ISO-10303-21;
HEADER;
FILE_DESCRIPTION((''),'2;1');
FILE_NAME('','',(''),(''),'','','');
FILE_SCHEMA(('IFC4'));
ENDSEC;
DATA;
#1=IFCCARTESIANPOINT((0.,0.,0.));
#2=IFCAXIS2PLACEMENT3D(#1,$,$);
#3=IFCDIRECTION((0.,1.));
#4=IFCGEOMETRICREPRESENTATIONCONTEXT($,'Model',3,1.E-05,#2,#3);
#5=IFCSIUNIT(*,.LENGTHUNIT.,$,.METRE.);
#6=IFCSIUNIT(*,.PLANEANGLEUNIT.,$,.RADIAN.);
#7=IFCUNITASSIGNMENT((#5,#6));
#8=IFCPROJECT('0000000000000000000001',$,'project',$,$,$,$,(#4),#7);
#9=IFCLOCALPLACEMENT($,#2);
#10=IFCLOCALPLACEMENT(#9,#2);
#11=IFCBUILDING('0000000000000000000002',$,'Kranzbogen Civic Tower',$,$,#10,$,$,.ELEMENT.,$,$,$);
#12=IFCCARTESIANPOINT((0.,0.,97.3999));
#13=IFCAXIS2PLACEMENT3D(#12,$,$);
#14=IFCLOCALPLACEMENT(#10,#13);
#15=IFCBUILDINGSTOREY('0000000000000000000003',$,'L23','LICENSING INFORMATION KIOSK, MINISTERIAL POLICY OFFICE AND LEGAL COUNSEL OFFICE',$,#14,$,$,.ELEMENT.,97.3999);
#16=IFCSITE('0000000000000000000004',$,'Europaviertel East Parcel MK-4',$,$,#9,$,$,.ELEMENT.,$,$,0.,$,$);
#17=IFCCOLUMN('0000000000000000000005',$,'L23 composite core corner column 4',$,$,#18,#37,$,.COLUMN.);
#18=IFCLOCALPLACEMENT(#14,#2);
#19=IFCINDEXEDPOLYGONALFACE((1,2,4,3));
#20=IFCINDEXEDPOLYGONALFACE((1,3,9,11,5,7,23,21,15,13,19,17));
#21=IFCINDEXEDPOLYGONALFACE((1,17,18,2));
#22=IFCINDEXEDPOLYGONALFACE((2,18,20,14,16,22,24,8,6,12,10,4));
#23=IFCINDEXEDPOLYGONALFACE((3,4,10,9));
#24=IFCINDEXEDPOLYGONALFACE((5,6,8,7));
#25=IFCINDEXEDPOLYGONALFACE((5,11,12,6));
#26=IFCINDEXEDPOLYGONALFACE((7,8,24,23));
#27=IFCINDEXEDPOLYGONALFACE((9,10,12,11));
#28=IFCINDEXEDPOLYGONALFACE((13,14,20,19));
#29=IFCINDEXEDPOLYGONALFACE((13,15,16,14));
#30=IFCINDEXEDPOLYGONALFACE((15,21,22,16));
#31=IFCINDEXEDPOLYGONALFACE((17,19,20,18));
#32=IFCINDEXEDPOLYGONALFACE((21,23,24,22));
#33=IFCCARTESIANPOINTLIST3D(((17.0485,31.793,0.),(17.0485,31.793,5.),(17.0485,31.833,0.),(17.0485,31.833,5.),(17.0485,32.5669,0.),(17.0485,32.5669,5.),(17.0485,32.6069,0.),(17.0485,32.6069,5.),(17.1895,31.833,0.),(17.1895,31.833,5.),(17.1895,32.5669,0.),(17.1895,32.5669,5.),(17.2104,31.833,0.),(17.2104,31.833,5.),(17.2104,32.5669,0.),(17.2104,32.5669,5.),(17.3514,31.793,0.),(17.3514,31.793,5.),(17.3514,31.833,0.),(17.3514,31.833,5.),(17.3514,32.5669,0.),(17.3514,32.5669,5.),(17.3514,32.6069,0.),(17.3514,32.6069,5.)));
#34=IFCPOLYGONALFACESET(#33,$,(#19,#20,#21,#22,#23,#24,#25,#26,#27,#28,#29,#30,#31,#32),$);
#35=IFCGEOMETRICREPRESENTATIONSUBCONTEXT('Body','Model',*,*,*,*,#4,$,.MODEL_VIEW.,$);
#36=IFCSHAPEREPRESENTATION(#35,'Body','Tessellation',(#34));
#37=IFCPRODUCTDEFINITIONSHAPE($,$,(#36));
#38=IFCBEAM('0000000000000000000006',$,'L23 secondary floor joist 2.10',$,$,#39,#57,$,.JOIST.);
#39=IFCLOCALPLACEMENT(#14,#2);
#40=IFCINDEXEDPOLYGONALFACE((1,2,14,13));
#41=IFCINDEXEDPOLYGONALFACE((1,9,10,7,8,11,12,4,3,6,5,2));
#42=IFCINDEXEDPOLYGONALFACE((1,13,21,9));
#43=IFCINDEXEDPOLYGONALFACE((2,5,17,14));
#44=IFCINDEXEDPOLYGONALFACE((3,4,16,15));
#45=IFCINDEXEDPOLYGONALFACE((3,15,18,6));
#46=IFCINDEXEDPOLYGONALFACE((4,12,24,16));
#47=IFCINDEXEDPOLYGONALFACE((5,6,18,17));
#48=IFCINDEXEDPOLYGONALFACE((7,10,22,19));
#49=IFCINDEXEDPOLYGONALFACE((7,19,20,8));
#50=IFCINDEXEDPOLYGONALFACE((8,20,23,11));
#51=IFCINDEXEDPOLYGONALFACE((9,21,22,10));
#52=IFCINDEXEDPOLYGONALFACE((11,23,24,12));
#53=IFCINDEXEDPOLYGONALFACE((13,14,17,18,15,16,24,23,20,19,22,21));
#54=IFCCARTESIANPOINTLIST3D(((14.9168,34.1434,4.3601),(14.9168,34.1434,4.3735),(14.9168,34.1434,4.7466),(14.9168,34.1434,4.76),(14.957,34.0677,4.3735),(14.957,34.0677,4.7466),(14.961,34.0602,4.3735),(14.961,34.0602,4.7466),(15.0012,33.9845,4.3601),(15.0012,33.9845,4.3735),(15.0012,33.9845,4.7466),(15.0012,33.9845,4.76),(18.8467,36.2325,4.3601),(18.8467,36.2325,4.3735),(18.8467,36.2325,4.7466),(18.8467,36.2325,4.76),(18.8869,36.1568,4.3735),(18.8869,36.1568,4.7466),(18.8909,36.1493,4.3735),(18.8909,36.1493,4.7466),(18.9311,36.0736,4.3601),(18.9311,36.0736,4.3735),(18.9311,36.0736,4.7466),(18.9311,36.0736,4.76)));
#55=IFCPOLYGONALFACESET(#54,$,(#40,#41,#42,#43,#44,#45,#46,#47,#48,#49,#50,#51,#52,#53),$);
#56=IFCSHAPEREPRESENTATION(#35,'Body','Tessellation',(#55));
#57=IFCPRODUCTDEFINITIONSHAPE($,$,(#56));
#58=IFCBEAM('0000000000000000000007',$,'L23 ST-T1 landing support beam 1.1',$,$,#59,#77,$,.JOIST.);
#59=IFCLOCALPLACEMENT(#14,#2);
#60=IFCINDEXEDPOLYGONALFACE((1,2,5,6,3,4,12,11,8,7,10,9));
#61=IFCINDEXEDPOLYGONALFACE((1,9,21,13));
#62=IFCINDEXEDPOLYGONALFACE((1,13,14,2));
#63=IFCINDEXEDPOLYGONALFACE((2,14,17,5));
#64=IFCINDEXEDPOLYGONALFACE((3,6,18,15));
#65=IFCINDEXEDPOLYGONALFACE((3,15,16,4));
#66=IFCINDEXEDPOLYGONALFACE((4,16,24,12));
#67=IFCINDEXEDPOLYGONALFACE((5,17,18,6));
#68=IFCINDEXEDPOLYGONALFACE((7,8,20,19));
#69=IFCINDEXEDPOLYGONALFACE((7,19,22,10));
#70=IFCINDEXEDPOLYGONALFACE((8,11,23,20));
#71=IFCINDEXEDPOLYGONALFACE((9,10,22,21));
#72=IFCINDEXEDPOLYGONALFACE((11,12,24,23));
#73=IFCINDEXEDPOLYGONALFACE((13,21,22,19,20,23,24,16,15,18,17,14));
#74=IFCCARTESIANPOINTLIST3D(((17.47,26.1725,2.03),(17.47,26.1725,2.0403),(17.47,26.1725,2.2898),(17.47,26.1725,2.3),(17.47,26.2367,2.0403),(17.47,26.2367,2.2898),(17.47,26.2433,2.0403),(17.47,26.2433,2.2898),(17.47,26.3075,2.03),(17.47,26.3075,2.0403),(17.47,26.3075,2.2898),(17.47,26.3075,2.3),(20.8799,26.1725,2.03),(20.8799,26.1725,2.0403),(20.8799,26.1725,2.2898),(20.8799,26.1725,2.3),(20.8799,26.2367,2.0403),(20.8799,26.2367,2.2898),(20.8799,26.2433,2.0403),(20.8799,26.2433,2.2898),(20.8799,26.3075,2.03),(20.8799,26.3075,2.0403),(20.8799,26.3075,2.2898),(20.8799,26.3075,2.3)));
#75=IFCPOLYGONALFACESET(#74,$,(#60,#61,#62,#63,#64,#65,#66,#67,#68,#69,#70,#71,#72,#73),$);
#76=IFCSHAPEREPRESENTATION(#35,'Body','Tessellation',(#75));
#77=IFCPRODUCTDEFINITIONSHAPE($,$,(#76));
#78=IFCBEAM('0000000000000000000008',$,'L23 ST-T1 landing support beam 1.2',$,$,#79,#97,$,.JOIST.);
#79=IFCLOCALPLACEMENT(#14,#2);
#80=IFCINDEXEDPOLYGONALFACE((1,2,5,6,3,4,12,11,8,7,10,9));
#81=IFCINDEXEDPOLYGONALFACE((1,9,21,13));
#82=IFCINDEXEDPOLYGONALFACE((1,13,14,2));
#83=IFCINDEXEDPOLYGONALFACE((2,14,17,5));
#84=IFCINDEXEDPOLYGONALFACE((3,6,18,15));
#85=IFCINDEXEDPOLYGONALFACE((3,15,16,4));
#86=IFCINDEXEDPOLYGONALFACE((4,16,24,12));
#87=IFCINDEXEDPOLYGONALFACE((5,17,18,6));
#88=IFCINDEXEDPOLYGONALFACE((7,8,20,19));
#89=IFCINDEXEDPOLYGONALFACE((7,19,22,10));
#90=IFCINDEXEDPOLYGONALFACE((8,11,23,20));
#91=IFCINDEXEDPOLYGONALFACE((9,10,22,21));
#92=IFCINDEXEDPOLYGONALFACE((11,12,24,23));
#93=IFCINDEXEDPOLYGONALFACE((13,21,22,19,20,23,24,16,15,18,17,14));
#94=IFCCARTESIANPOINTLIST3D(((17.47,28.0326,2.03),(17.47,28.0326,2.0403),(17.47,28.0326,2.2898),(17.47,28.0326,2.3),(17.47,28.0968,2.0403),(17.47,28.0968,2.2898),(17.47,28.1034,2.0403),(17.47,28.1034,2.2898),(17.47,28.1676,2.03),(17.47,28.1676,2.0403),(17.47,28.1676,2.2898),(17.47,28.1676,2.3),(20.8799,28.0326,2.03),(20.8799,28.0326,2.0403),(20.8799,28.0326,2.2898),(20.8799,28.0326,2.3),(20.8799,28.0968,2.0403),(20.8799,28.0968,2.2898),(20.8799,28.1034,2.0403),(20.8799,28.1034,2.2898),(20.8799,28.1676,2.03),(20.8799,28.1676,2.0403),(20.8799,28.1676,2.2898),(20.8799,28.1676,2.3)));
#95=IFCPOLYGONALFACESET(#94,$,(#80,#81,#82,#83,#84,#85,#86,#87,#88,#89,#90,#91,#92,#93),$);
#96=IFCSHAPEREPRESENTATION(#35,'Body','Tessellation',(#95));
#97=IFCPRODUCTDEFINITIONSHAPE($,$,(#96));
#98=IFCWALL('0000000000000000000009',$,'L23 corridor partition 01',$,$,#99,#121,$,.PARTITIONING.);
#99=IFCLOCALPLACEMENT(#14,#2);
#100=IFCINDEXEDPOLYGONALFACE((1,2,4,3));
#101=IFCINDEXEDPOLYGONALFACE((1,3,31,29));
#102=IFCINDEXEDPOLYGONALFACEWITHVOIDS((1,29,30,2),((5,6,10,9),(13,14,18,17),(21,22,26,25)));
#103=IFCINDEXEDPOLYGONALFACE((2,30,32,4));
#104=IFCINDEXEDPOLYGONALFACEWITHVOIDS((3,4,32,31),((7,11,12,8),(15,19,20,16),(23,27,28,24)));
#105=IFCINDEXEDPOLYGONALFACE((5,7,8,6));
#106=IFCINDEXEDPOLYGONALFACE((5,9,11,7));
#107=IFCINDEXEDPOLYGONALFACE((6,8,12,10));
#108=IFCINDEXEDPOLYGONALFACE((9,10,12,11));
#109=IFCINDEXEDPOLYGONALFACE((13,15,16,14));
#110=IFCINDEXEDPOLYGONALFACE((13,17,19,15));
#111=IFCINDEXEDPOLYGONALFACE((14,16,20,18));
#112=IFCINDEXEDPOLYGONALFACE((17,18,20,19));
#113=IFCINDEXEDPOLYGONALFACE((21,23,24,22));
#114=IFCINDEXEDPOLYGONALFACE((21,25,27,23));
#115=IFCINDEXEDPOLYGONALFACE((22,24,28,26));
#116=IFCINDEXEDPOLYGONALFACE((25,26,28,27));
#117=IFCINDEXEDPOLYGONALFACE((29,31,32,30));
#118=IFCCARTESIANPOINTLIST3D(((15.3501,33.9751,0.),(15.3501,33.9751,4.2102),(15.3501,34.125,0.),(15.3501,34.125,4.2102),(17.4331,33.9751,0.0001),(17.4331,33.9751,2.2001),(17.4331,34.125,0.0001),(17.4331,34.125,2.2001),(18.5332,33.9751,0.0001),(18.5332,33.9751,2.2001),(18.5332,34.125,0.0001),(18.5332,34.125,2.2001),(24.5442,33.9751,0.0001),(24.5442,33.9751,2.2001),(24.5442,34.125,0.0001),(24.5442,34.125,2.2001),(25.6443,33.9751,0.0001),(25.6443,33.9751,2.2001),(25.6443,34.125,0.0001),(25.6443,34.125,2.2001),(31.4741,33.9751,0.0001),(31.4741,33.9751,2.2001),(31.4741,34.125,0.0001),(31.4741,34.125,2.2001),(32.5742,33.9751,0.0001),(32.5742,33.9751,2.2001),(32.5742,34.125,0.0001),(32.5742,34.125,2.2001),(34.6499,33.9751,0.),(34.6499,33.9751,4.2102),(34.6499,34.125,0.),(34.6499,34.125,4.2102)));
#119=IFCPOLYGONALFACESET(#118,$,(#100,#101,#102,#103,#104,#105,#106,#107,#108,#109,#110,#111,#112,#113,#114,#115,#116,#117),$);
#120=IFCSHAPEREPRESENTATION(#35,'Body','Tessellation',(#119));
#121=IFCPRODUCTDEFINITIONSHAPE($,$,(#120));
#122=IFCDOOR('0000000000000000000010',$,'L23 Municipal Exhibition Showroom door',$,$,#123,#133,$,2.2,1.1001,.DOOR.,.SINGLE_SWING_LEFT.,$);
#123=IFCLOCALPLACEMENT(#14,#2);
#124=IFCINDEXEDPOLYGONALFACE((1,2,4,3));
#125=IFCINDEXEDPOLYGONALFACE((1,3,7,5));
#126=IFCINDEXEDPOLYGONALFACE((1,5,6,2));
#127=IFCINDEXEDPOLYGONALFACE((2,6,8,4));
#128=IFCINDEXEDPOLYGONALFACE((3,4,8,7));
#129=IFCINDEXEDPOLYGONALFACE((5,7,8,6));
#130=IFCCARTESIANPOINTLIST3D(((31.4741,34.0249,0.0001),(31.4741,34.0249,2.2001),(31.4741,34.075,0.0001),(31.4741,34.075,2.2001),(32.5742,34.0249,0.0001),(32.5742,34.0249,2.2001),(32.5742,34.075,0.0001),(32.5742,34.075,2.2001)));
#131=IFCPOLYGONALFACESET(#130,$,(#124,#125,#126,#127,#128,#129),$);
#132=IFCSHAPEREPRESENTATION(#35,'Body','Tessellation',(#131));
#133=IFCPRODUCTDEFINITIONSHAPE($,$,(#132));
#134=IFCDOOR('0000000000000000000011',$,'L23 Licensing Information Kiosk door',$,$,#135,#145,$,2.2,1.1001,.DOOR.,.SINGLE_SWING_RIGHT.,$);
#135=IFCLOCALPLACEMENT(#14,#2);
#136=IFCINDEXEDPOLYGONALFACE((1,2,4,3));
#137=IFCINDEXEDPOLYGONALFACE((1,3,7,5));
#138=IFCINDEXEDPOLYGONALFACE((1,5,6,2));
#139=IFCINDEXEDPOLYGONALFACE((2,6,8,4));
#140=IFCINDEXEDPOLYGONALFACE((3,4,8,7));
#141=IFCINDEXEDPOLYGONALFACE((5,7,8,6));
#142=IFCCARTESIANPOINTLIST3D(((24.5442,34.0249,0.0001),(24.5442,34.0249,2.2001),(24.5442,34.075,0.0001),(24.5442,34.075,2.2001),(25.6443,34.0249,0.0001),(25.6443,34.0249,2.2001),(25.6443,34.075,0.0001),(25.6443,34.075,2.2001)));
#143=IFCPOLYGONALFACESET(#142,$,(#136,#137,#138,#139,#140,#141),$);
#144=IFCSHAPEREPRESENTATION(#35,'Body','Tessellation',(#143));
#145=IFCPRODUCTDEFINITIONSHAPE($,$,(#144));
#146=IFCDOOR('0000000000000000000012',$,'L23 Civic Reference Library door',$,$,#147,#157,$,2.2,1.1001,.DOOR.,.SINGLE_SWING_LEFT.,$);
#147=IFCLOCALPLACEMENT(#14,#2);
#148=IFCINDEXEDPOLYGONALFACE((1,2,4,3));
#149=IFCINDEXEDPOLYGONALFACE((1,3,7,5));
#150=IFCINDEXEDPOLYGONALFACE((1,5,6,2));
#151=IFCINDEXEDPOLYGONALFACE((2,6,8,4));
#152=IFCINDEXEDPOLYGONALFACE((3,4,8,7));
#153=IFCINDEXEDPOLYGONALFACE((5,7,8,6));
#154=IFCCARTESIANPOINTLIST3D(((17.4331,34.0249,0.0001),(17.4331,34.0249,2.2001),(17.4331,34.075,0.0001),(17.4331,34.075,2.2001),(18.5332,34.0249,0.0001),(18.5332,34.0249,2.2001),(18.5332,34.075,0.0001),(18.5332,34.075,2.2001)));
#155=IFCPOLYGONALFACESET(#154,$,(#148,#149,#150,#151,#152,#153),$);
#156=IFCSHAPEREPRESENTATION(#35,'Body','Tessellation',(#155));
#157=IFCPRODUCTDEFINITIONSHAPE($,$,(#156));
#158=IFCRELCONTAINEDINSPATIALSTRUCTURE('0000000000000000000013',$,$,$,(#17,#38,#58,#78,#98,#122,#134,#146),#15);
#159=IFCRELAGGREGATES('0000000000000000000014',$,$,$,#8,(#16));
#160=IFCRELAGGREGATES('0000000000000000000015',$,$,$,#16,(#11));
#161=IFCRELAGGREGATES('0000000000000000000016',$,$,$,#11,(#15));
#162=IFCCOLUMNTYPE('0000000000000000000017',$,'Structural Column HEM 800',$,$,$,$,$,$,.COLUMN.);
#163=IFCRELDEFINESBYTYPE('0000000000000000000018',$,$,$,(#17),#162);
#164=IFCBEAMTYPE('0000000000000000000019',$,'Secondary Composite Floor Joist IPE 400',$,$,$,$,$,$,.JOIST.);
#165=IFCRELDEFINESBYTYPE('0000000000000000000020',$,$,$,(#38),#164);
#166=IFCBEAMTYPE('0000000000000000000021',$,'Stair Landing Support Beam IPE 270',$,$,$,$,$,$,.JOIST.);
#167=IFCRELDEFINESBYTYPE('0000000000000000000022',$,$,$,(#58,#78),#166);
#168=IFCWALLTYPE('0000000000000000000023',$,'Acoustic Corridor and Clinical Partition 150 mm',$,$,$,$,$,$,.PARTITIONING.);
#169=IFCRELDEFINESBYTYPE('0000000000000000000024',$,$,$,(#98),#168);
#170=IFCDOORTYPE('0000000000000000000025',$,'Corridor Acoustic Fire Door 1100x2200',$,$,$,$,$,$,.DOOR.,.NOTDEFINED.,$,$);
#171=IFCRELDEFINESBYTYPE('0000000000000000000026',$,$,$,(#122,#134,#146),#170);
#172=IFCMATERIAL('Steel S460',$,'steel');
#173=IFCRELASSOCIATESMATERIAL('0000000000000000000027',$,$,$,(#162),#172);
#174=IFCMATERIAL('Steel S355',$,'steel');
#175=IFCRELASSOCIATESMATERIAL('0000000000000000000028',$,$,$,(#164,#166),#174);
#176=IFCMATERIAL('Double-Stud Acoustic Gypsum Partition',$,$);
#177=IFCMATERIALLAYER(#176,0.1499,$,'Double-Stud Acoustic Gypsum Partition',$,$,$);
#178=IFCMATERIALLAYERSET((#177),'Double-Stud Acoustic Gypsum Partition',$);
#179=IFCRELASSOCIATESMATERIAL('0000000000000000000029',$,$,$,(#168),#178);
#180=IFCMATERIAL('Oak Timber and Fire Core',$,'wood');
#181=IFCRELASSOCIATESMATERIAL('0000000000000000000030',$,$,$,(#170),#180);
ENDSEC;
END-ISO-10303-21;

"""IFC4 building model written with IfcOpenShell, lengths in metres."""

from ifc_helpers import new_model, si_unit, direction, frame, frame_2d, origin, origin_2d, place, context, subcontext, project, spatial, rectangle, i_section, extrude, material, layer, layer_set, material_profile, profile_set, type_object, element, fill, save


model = new_model("IFC4")

# Units and contexts
model_context = context("Model", 3, precision=1e-05, world=origin(), true_north=direction((0.0, 1.0)))
body_context = subcontext(model_context, "Body", "Model", "MODEL_VIEW")
ifc_project = project(units=[si_unit("LENGTHUNIT", "METRE"), si_unit("PLANEANGLEUNIT", "RADIAN")], contexts=[model_context])

# Site, building, storey
site_placement = place(None, origin())
site = spatial("IfcSite", under=ifc_project, at=site_placement, Name="Europaviertel East Parcel MK-4", CompositionType="ELEMENT", RefElevation=0.0)
building_placement = place(site_placement, origin())
building = spatial("IfcBuilding", under=site, at=building_placement, Name="Kranzbogen Civic Tower", CompositionType="ELEMENT")
storey_placement = place(building_placement, frame((0.0, 0.0, 97.3999)))
storey = spatial("IfcBuildingStorey", under=building, at=storey_placement, Name="L23", Description="LICENSING INFORMATION KIOSK, MINISTERIAL POLICY OFFICE AND LEGAL COUNSEL OFFICE", CompositionType="ELEMENT", Elevation=97.3999)

# Column
ifc_material_1 = material(Name="Steel S460", Category="steel")
ifc_material_profile_1 = material_profile(ifc_material_1, i_section(OverallWidth=0.303, OverallDepth=0.814, WebThickness=0.021, FlangeThickness=0.04, at=origin_2d()), Name="HEM 800")
ifc_profile_set_1 = profile_set([ifc_material_profile_1], Name="Steel S460")
column_type = type_object("IfcColumnType", Name="Structural Column HEM 800", PredefinedType="COLUMN", material=ifc_profile_set_1)
column_placement = place(storey_placement, frame((17.2, 32.2, 0.0), z_axis=(0.0, 0.0, 1.0), x_axis=(1.0, 0.0, 0.0)))
element("IfcColumn", 1, at=column_placement, inside=storey, type_object=column_type, Name="L23 composite core corner column 4", PredefinedType="COLUMN", context=body_context, shape_type="SweptSolid", body=[
    extrude(i_section(OverallWidth=0.303, OverallDepth=0.814, WebThickness=0.021, FlangeThickness=0.04, at=origin_2d()), origin(), (0.0, 0.0, 1.0), 5.0),
])

# Beams
ifc_material_2 = material(Name="Steel S355", Category="steel")
ifc_material_profile_2 = material_profile(ifc_material_2, i_section(OverallWidth=0.1799, OverallDepth=0.3999, WebThickness=0.0085, FlangeThickness=0.0134, at=origin_2d()), Name="IPE 400")
ifc_profile_set_2 = profile_set([ifc_material_profile_2], Name="Steel S355")
beam_type_1 = type_object("IfcBeamType", Name="Secondary Composite Floor Joist IPE 400", PredefinedType="JOIST", material=ifc_profile_set_2)
beam_placement = place(storey_placement, frame((18.8889, 36.1531, 4.5601), z_axis=(-0.882991, -0.469389, 0.0), x_axis=(0.469389, -0.882991, 0.0)))
element("IfcBeam", 2, at=beam_placement, inside=storey, type_object=beam_type_1, Name="L23 secondary floor joist 2.10", PredefinedType="JOIST", context=body_context, shape_type="SweptSolid", body=[
    extrude(i_section(OverallWidth=0.1799, OverallDepth=0.3999, WebThickness=0.0085, FlangeThickness=0.0134, at=origin_2d()), origin(), (0.0, 0.0, 1.0), 4.4507),
])
ifc_material_profile_3 = material_profile(ifc_material_2, i_section(OverallWidth=0.135, OverallDepth=0.27, WebThickness=0.0066, FlangeThickness=0.0103, at=origin_2d()), Name="IPE 270")
ifc_profile_set_3 = profile_set([ifc_material_profile_3], Name="Steel S355")
beam_type_2 = type_object("IfcBeamType", Name="Stair Landing Support Beam IPE 270", PredefinedType="JOIST", material=ifc_profile_set_3)
for number, where, z_axis, x_axis, name in (
    (3, (20.8799, 26.24, 2.165), (-1.0, 0.0, 0.0), (0.0, -1.0, 0.0), "L23 ST-T1 landing support beam 1.1"),
    (4, (20.8799, 28.1001, 2.165), (-1.0, 0.0, 0.0), (0.0, -1.0, 0.0), "L23 ST-T1 landing support beam 1.2"),
):
    element("IfcBeam", number, at=place(storey_placement, frame(where, z_axis=z_axis, x_axis=x_axis)), inside=storey, type_object=beam_type_2, Name=name, PredefinedType="JOIST", context=body_context, shape_type="SweptSolid", body=[
        extrude(i_section(OverallWidth=0.135, OverallDepth=0.27, WebThickness=0.0066, FlangeThickness=0.0103, at=origin_2d()), origin(), (0.0, 0.0, 1.0), 3.4099),
    ])

# Wall, openings, doors
ifc_material_3 = material(Name="Double-Stud Acoustic Gypsum Partition")
ifc_layer_1 = layer(ifc_material_3, 0.1499, Name="Double-Stud Acoustic Gypsum Partition")
ifc_layer_set_1 = layer_set([ifc_layer_1], Name="Double-Stud Acoustic Gypsum Partition")
wall_type_1 = type_object("IfcWallType", Name="Acoustic Corridor and Clinical Partition 150 mm", PredefinedType="PARTITIONING", material=ifc_layer_set_1)
wall_1_placement = place(storey_placement, frame((15.3501, 34.05, 0.0), z_axis=(0.0, 0.0, 1.0), x_axis=(1.0, 0.0, 0.0)))
wall_1 = element("IfcWall", 5, at=wall_1_placement, inside=storey, type_object=wall_type_1, Name="L23 corridor partition 01", PredefinedType="PARTITIONING", context=body_context, shape_type="SweptSolid", body=[
    extrude(rectangle(XDim=19.2998, YDim=0.1499, at=frame_2d((9.6499, 0.0))), origin(), (0.0, 0.0, 1.0), 4.2102),
])
opening_1_placement = place(wall_1_placement, frame((16.124, 0.0, 0.0)))
opening_1 = element("IfcOpeningElement", 6, at=opening_1_placement, cuts=wall_1, PredefinedType="OPENING", context=body_context, shape_type="SweptSolid", body=[
    extrude(rectangle(XDim=1.1001, YDim=2.2, at=frame_2d((0.55, 1.1001))), frame((0.0, 0.085, 0.0), z_axis=(0.0, -1.0, 0.0), x_axis=(1.0, 0.0, 0.0)), (0.0, 0.0, 1.0), 0.1699),
])
opening_2_placement = place(wall_1_placement, frame((9.1941, 0.0, 0.0)))
opening_2 = element("IfcOpeningElement", 7, at=opening_2_placement, cuts=wall_1, PredefinedType="OPENING", context=body_context, shape_type="SweptSolid", body=[
    extrude(rectangle(XDim=1.1001, YDim=2.2, at=frame_2d((0.55, 1.1001))), frame((0.0, 0.085, 0.0), z_axis=(0.0, -1.0, 0.0), x_axis=(1.0, 0.0, 0.0)), (0.0, 0.0, 1.0), 0.1699),
])
opening_3_placement = place(wall_1_placement, frame((2.083, 0.0, 0.0)))
opening_3 = element("IfcOpeningElement", 8, at=opening_3_placement, cuts=wall_1, PredefinedType="OPENING", context=body_context, shape_type="SweptSolid", body=[
    extrude(rectangle(XDim=1.1001, YDim=2.2, at=frame_2d((0.55, 1.1001))), frame((0.0, 0.085, 0.0), z_axis=(0.0, -1.0, 0.0), x_axis=(1.0, 0.0, 0.0)), (0.0, 0.0, 1.0), 0.1699),
])
ifc_material_4 = material(Name="Oak Timber and Fire Core", Category="wood")
door_type_1 = type_object("IfcDoorType", Name="Corridor Acoustic Fire Door 1100x2200", OperationType="NOTDEFINED", PredefinedType="DOOR", material=ifc_material_4)
door_1_placement = place(opening_1_placement, origin())
door_1 = element("IfcDoor", 9, at=door_1_placement, inside=storey, type_object=door_type_1, Name="L23 Municipal Exhibition Showroom door", OperationType="SINGLE_SWING_LEFT", OverallHeight=2.2, OverallWidth=1.1001, PredefinedType="DOOR", context=body_context, shape_type="SweptSolid", body=[
    extrude(rectangle(XDim=1.1001, YDim=2.2, at=frame_2d((0.55, 1.1001))), frame((0.0, 0.0249, 0.0), z_axis=(0.0, -1.0, 0.0), x_axis=(1.0, 0.0, 0.0)), (0.0, 0.0, 1.0), 0.05),
])
fill(opening_1, door_1)
door_2_placement = place(opening_2_placement, origin())
door_2 = element("IfcDoor", 10, at=door_2_placement, inside=storey, type_object=door_type_1, Name="L23 Licensing Information Kiosk door", OperationType="SINGLE_SWING_RIGHT", OverallHeight=2.2, OverallWidth=1.1001, PredefinedType="DOOR", context=body_context, shape_type="SweptSolid", body=[
    extrude(rectangle(XDim=1.1001, YDim=2.2, at=frame_2d((0.55, 1.1001))), frame((0.0, 0.0249, 0.0), z_axis=(0.0, -1.0, 0.0), x_axis=(1.0, 0.0, 0.0)), (0.0, 0.0, 1.0), 0.05),
])
fill(opening_2, door_2)
door_3_placement = place(opening_3_placement, origin())
door_3 = element("IfcDoor", 11, at=door_3_placement, inside=storey, type_object=door_type_1, Name="L23 Civic Reference Library door", OperationType="SINGLE_SWING_LEFT", OverallHeight=2.2, OverallWidth=1.1001, PredefinedType="DOOR", context=body_context, shape_type="SweptSolid", body=[
    extrude(rectangle(XDim=1.1001, YDim=2.2, at=frame_2d((0.55, 1.1001))), frame((0.0, 0.0249, 0.0), z_axis=(0.0, -1.0, 0.0), x_axis=(1.0, 0.0, 0.0)), (0.0, 0.0, 1.0), 0.05),
])
fill(opening_3, door_3)

save(model, "model.ifc")
